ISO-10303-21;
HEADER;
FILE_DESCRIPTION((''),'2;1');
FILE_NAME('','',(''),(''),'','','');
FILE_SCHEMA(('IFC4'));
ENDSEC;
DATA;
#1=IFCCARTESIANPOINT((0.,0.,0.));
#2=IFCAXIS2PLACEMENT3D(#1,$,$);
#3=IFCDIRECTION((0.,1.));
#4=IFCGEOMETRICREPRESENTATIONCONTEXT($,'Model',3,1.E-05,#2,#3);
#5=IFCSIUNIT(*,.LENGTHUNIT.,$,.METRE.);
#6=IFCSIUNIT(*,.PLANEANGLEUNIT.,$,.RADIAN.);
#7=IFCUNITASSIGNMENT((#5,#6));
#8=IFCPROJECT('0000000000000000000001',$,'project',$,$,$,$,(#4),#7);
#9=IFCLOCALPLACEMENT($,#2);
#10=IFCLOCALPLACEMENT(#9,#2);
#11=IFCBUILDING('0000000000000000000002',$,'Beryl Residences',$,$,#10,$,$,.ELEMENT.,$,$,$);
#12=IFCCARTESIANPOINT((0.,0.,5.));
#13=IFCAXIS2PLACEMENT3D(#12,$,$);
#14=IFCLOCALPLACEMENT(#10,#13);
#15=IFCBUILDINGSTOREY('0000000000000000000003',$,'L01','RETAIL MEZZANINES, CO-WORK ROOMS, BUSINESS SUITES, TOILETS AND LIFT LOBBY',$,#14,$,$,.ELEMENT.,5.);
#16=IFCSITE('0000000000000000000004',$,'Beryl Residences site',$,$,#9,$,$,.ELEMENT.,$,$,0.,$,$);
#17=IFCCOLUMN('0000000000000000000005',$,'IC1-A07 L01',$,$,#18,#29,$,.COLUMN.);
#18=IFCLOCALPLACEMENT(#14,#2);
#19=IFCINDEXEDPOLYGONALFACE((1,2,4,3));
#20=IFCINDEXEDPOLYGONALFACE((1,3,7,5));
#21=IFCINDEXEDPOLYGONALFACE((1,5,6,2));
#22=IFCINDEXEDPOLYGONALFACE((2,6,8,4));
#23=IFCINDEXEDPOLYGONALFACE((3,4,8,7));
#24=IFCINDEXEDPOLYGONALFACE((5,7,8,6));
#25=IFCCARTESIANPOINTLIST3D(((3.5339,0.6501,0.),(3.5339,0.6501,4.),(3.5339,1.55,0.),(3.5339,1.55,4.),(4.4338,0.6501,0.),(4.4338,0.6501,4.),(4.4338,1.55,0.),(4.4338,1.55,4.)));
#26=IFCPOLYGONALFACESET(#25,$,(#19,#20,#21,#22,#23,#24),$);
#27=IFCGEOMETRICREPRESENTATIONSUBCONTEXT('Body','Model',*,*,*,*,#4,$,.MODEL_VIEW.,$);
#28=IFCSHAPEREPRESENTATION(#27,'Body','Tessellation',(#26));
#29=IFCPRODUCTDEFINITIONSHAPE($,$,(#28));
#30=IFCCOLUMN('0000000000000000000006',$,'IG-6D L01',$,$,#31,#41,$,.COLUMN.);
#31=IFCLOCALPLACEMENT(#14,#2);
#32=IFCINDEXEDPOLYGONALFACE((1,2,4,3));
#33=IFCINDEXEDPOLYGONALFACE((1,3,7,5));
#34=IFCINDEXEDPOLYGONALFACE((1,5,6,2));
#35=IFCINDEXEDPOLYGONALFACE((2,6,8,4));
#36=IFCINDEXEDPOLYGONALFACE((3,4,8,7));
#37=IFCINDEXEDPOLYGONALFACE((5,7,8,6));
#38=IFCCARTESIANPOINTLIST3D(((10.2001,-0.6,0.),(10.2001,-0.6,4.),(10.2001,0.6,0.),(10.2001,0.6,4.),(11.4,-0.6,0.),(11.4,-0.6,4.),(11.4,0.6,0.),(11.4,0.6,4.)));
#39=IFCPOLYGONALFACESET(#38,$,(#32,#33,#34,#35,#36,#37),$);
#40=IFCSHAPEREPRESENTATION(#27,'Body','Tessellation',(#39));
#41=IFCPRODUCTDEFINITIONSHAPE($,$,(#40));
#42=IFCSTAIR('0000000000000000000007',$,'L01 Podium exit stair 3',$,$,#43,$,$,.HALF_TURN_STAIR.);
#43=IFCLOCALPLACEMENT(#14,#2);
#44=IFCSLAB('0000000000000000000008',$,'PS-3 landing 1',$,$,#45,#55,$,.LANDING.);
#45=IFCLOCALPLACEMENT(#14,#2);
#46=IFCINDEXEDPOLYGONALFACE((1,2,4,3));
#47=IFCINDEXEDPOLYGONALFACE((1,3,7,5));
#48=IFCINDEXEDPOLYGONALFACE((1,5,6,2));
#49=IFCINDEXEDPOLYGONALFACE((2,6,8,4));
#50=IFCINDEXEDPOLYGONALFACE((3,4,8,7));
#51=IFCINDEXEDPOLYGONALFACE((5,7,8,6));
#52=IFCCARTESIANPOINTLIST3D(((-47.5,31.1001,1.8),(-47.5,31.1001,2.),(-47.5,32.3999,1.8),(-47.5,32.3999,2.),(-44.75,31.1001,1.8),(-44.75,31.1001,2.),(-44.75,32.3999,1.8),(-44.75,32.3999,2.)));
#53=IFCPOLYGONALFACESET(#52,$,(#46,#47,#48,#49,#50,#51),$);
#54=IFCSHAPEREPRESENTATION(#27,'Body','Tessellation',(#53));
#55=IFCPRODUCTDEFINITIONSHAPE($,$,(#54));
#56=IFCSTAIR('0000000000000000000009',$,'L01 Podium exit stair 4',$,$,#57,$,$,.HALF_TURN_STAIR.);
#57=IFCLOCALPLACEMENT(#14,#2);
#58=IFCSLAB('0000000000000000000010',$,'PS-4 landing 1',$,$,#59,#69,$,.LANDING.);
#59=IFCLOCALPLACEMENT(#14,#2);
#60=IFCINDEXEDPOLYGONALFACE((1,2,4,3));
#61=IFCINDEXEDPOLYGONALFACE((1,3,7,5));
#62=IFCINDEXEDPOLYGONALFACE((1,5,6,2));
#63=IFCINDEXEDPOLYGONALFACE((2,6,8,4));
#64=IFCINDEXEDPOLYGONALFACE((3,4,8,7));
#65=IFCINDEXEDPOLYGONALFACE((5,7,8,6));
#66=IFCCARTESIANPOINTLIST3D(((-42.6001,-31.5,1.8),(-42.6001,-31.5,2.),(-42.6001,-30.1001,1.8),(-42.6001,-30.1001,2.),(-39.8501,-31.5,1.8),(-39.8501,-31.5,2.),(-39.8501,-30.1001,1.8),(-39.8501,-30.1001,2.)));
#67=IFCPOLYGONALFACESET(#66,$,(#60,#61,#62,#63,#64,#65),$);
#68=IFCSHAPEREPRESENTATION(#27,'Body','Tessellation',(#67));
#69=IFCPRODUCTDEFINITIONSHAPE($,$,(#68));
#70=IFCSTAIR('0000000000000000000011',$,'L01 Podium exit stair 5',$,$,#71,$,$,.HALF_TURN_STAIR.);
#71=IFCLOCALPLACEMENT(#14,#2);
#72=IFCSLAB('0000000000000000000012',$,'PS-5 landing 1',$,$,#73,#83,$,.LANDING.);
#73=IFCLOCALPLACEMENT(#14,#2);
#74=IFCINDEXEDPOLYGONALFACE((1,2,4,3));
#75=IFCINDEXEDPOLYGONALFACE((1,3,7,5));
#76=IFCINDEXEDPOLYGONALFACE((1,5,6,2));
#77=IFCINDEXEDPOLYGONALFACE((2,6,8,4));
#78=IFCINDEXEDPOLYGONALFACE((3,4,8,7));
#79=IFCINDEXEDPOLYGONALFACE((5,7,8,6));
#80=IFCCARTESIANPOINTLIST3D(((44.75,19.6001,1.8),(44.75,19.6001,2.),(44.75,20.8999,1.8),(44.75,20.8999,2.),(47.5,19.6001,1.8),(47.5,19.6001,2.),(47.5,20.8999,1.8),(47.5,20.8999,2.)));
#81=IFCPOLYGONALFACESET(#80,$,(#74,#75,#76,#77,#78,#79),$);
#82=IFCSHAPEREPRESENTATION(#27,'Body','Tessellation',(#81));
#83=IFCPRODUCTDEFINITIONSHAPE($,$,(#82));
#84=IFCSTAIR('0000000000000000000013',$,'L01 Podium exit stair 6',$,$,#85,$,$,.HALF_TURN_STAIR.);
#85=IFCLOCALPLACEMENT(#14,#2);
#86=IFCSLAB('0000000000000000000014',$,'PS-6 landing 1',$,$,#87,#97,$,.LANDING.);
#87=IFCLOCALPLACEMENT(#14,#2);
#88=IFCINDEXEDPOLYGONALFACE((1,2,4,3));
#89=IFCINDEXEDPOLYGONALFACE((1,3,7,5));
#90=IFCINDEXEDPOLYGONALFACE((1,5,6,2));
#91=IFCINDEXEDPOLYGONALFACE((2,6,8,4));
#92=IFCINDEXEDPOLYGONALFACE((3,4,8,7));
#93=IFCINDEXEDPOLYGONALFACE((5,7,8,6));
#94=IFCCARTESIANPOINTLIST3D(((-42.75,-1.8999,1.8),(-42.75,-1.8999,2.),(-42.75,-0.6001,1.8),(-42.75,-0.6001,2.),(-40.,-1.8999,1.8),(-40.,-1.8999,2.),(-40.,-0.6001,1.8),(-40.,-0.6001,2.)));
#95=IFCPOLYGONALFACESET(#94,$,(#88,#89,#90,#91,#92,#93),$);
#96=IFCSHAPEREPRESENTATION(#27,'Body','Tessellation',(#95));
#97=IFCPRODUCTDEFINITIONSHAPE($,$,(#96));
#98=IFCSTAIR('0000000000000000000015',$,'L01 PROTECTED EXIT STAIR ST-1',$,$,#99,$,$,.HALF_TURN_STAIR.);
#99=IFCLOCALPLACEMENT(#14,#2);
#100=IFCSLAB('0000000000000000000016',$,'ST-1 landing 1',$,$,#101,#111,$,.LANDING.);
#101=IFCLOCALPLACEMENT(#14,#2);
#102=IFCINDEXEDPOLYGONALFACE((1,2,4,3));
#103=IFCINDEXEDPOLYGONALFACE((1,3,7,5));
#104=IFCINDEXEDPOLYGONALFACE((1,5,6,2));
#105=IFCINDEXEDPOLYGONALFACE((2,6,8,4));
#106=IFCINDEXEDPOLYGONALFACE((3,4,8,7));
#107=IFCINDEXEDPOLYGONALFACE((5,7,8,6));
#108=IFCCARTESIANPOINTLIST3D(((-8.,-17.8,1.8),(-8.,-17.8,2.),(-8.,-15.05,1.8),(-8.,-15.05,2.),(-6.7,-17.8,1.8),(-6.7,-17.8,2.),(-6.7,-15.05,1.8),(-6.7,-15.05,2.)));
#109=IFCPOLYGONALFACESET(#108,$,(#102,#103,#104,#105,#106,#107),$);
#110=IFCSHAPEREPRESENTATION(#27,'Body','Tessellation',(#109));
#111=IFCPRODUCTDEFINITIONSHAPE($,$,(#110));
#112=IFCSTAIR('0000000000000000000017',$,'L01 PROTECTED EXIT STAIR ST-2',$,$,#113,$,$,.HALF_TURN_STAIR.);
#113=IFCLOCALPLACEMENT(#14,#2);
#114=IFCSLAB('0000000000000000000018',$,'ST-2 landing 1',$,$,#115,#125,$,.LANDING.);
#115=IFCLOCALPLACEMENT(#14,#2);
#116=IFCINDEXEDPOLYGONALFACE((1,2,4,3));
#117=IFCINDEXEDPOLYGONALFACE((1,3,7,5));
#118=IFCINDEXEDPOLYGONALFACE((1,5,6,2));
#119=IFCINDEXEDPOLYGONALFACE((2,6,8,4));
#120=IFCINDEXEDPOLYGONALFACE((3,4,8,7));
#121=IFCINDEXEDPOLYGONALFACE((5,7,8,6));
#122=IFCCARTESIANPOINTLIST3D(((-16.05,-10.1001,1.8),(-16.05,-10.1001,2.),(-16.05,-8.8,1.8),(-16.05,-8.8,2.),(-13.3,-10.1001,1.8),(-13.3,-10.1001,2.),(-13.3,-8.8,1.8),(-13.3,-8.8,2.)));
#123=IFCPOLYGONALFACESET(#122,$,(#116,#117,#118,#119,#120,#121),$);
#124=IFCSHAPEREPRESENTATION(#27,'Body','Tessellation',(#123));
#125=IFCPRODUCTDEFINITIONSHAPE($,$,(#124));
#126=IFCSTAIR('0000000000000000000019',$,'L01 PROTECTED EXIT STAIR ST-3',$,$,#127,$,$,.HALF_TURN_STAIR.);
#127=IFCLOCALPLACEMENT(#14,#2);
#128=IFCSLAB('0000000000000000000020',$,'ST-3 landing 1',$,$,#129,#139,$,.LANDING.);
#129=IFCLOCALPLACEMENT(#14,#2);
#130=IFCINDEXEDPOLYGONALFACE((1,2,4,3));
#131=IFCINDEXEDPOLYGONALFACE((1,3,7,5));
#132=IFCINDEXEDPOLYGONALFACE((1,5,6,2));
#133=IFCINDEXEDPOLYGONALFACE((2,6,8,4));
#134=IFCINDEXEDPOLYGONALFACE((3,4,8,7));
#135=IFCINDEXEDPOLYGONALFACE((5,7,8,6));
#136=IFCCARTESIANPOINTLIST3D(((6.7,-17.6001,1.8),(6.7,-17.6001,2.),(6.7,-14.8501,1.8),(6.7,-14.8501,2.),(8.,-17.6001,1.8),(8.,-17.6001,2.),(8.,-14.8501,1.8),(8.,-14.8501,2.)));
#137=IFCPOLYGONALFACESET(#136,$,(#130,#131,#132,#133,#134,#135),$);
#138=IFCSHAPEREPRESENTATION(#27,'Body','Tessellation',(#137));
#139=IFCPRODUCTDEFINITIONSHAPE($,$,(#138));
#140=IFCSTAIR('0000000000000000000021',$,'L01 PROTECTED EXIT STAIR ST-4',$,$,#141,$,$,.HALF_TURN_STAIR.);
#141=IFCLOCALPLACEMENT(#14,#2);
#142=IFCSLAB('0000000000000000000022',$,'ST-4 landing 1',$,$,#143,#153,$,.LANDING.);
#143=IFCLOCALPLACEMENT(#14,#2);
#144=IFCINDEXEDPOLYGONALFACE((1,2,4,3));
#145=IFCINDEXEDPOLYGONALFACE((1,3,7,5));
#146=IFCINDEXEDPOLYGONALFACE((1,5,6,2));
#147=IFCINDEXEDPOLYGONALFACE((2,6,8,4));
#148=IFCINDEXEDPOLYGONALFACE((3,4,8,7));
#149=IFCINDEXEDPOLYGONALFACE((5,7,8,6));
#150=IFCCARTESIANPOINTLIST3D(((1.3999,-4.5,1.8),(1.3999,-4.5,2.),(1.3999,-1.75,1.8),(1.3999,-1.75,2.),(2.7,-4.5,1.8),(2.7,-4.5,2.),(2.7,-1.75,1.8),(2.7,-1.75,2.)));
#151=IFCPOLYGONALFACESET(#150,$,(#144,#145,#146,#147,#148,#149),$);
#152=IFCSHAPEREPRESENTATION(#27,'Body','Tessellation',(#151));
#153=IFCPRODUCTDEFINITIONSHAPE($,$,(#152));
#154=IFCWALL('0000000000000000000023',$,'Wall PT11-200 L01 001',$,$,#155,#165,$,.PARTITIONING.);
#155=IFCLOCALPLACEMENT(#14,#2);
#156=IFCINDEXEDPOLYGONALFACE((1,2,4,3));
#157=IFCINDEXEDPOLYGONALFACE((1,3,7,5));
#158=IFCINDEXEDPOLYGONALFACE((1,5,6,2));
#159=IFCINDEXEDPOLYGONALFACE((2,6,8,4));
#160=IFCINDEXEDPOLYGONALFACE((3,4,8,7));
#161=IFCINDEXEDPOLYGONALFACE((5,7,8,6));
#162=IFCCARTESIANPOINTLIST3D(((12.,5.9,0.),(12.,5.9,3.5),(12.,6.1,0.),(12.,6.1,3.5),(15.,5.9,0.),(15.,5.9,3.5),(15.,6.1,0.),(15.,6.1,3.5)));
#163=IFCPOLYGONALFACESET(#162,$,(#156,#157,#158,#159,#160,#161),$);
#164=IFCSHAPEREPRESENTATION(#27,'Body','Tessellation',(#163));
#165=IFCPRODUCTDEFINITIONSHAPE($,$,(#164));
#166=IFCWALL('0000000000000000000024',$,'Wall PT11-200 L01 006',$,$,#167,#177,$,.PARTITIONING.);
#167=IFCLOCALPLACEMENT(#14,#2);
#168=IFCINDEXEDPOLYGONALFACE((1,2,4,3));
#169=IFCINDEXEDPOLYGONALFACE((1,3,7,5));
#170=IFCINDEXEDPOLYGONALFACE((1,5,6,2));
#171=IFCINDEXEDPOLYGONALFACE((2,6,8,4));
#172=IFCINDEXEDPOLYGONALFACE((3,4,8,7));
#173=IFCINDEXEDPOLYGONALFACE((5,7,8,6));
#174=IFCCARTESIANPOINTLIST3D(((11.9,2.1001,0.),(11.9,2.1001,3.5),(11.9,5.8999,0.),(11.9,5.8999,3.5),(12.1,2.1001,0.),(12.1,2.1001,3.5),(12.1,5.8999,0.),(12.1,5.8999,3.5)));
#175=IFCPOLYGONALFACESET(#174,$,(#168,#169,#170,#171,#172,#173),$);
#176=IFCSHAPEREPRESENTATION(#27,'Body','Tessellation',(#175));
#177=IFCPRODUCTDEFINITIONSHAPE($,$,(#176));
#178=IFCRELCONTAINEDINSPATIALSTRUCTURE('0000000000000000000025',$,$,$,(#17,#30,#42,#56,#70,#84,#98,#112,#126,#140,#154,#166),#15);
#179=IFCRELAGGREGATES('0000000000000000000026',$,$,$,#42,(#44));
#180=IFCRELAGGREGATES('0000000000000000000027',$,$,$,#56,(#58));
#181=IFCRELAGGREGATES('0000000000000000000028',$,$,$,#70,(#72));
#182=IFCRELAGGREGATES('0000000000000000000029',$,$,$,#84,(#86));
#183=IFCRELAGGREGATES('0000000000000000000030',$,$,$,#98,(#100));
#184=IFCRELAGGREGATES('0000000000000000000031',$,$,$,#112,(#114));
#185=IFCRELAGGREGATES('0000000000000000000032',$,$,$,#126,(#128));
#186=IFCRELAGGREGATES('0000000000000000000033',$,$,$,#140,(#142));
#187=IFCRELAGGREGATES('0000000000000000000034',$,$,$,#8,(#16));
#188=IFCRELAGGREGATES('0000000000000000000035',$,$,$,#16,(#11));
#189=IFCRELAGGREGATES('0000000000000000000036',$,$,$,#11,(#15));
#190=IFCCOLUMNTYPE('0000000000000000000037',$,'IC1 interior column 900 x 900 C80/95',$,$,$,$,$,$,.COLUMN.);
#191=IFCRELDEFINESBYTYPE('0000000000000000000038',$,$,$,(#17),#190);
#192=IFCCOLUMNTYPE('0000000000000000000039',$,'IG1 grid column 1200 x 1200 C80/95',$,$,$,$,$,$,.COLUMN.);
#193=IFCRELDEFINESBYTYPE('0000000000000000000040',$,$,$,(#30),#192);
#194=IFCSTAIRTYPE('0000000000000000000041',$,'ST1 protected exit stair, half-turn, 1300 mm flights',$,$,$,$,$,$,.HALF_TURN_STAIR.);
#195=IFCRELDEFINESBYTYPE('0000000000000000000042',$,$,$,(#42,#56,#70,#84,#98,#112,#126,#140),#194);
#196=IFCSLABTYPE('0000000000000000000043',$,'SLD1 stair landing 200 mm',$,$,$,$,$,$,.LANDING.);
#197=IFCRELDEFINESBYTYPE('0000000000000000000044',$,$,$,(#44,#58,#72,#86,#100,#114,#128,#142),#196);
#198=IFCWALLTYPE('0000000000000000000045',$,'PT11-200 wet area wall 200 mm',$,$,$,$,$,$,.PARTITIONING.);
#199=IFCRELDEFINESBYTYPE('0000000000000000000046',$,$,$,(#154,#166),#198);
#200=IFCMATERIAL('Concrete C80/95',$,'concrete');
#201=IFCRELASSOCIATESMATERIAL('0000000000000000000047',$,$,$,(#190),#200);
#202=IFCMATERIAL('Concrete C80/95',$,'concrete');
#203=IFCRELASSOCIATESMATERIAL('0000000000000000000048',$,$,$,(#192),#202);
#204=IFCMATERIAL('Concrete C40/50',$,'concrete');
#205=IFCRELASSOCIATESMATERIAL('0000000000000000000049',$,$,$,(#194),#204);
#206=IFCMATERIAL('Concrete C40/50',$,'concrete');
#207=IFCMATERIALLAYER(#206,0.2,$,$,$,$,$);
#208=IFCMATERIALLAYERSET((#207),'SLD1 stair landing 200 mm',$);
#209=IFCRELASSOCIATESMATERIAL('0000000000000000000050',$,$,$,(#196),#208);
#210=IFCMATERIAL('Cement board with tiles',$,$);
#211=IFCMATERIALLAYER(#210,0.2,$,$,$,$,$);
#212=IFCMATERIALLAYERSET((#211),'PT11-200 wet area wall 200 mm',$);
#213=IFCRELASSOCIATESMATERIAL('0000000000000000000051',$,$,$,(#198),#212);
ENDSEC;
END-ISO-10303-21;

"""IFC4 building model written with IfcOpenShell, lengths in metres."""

from ifc_helpers import new_model, si_unit, direction, frame, frame_2d, origin, origin_2d, place, context, subcontext, project, spatial, polyline, rectangle, outline, extrude, material, layer, layer_set, material_profile, profile_set, type_object, element, aggregate, save


model = new_model("IFC4")

# Units and contexts
model_context = context("Model", 3, precision=1e-05, world=origin(), true_north=direction((0.0, 1.0)))
body_context = subcontext(model_context, "Body", "Model", "MODEL_VIEW")
ifc_project = project(units=[si_unit("LENGTHUNIT", "METRE"), si_unit("PLANEANGLEUNIT", "RADIAN")], contexts=[model_context])

# Site, building, storey
site_placement = place(None, origin())
site = spatial("IfcSite", under=ifc_project, at=site_placement, Name="Beryl Residences site", CompositionType="ELEMENT", RefElevation=0.0)
building_placement = place(site_placement, origin())
building = spatial("IfcBuilding", under=site, at=building_placement, Name="Beryl Residences", CompositionType="ELEMENT")
storey_placement = place(building_placement, frame((0.0, 0.0, 5.0)))
storey = spatial("IfcBuildingStorey", under=building, at=storey_placement, Name="L01", Description="RETAIL MEZZANINES, CO-WORK ROOMS, BUSINESS SUITES, TOILETS AND LIFT LOBBY", CompositionType="ELEMENT", Elevation=5.0)

# Columns
ifc_material_1 = material(Name="Concrete C80/95", Category="concrete")
ifc_material_profile_1 = material_profile(ifc_material_1, rectangle(XDim=0.8999, YDim=0.8999, at=origin_2d()))
ifc_profile_set_1 = profile_set([ifc_material_profile_1], Name="Concrete C80/95")
column_type_1 = type_object("IfcColumnType", Name="IC1 interior column 900 x 900 C80/95", PredefinedType="COLUMN", material=ifc_profile_set_1)
column_1_placement = place(storey_placement, frame((3.9839, 1.1001, 0.0), z_axis=(0.0, 0.0, 1.0), x_axis=(1.0, 0.0, 0.0)))
element("IfcColumn", 1, at=column_1_placement, inside=storey, type_object=column_type_1, Name="IC1-A07 L01", PredefinedType="COLUMN", context=body_context, shape_type="SweptSolid", body=[
    extrude(rectangle(XDim=0.8999, YDim=0.8999, at=origin_2d()), origin(), (0.0, 0.0, 1.0), 4.0),
])
ifc_material_2 = material(Name="Concrete C80/95", Category="concrete")
ifc_material_profile_2 = material_profile(ifc_material_2, rectangle(XDim=1.2, YDim=1.2, at=origin_2d()))
ifc_profile_set_2 = profile_set([ifc_material_profile_2], Name="Concrete C80/95")
column_type_2 = type_object("IfcColumnType", Name="IG1 grid column 1200 x 1200 C80/95", PredefinedType="COLUMN", material=ifc_profile_set_2)
column_2_placement = place(storey_placement, frame((10.8, 0.0, 0.0), z_axis=(0.0, 0.0, 1.0), x_axis=(1.0, 0.0, 0.0)))
element("IfcColumn", 2, at=column_2_placement, inside=storey, type_object=column_type_2, Name="IG-6D L01", PredefinedType="COLUMN", context=body_context, shape_type="SweptSolid", body=[
    extrude(rectangle(XDim=1.2, YDim=1.2, at=origin_2d()), origin(), (0.0, 0.0, 1.0), 4.0),
])

# Stairs, slabs
ifc_material_3 = material(Name="Concrete C40/50", Category="concrete")
stair_type = type_object("IfcStairType", Name="ST1 protected exit stair, half-turn, 1300 mm flights", PredefinedType="HALF_TURN_STAIR", material=ifc_material_3)
stair_1_placement = place(storey_placement, origin())
stair_1 = element("IfcStair", 3, at=stair_1_placement, inside=storey, type_object=stair_type, Name="L01 Podium exit stair 3", PredefinedType="HALF_TURN_STAIR")
ifc_material_4 = material(Name="Concrete C40/50", Category="concrete")
ifc_layer_1 = layer(ifc_material_4, 0.2)
ifc_layer_set_1 = layer_set([ifc_layer_1], Name="SLD1 stair landing 200 mm")
slab_type = type_object("IfcSlabType", Name="SLD1 stair landing 200 mm", PredefinedType="LANDING", material=ifc_layer_set_1)
slab_1_placement = place(storey_placement, frame((0.0, 0.0, 1.8)))
slab_1 = element("IfcSlab", 4, at=slab_1_placement, type_object=slab_type, Name="PS-3 landing 1", PredefinedType="LANDING", context=body_context, shape_type="SweptSolid", body=[
    extrude(outline(polyline([(-44.75, 31.1001), (-44.75, 32.3999), (-47.5, 32.3999), (-47.5, 31.1001), (-44.75, 31.1001)])), origin(), (0.0, 0.0, 1.0), 0.2),
])
aggregate(stair_1, [slab_1])
stair_2_placement = place(storey_placement, origin())
stair_2 = element("IfcStair", 5, at=stair_2_placement, inside=storey, type_object=stair_type, Name="L01 Podium exit stair 4", PredefinedType="HALF_TURN_STAIR")
slab_2_placement = place(storey_placement, frame((0.0, 0.0, 1.8)))
slab_2 = element("IfcSlab", 6, at=slab_2_placement, type_object=slab_type, Name="PS-4 landing 1", PredefinedType="LANDING", context=body_context, shape_type="SweptSolid", body=[
    extrude(outline(polyline([(-42.6001, -30.1001), (-42.6001, -31.5), (-39.8501, -31.5), (-39.8501, -30.1001), (-42.6001, -30.1001)])), origin(), (0.0, 0.0, 1.0), 0.2),
])
aggregate(stair_2, [slab_2])
stair_3_placement = place(storey_placement, origin())
stair_3 = element("IfcStair", 7, at=stair_3_placement, inside=storey, type_object=stair_type, Name="L01 Podium exit stair 5", PredefinedType="HALF_TURN_STAIR")
slab_3_placement = place(storey_placement, frame((0.0, 0.0, 1.8)))
slab_3 = element("IfcSlab", 8, at=slab_3_placement, type_object=slab_type, Name="PS-5 landing 1", PredefinedType="LANDING", context=body_context, shape_type="SweptSolid", body=[
    extrude(outline(polyline([(44.75, 20.8999), (44.75, 19.6001), (47.5, 19.6001), (47.5, 20.8999), (44.75, 20.8999)])), origin(), (0.0, 0.0, 1.0), 0.2),
])
aggregate(stair_3, [slab_3])
stair_4_placement = place(storey_placement, origin())
stair_4 = element("IfcStair", 9, at=stair_4_placement, inside=storey, type_object=stair_type, Name="L01 Podium exit stair 6", PredefinedType="HALF_TURN_STAIR")
slab_4_placement = place(storey_placement, frame((0.0, 0.0, 1.8)))
slab_4 = element("IfcSlab", 10, at=slab_4_placement, type_object=slab_type, Name="PS-6 landing 1", PredefinedType="LANDING", context=body_context, shape_type="SweptSolid", body=[
    extrude(outline(polyline([(-40.0, -1.8999), (-40.0, -0.6001), (-42.75, -0.6001), (-42.75, -1.8999), (-40.0, -1.8999)])), origin(), (0.0, 0.0, 1.0), 0.2),
])
aggregate(stair_4, [slab_4])
stair_5_placement = place(storey_placement, origin())
stair_5 = element("IfcStair", 11, at=stair_5_placement, inside=storey, type_object=stair_type, Name="L01 PROTECTED EXIT STAIR ST-1", PredefinedType="HALF_TURN_STAIR")
slab_5_placement = place(storey_placement, frame((0.0, 0.0, 1.8)))
slab_5 = element("IfcSlab", 12, at=slab_5_placement, type_object=slab_type, Name="ST-1 landing 1", PredefinedType="LANDING", context=body_context, shape_type="SweptSolid", body=[
    extrude(outline(polyline([(-8.0, -17.8), (-6.7, -17.8), (-6.7, -15.05), (-8.0, -15.05), (-8.0, -17.8)])), origin(), (0.0, 0.0, 1.0), 0.2),
])
aggregate(stair_5, [slab_5])
stair_6_placement = place(storey_placement, origin())
stair_6 = element("IfcStair", 13, at=stair_6_placement, inside=storey, type_object=stair_type, Name="L01 PROTECTED EXIT STAIR ST-2", PredefinedType="HALF_TURN_STAIR")
slab_6_placement = place(storey_placement, frame((0.0, 0.0, 1.8)))
slab_6 = element("IfcSlab", 14, at=slab_6_placement, type_object=slab_type, Name="ST-2 landing 1", PredefinedType="LANDING", context=body_context, shape_type="SweptSolid", body=[
    extrude(outline(polyline([(-13.3, -10.1001), (-13.3, -8.8), (-16.05, -8.8), (-16.05, -10.1001), (-13.3, -10.1001)])), origin(), (0.0, 0.0, 1.0), 0.2),
])
aggregate(stair_6, [slab_6])
stair_7_placement = place(storey_placement, origin())
stair_7 = element("IfcStair", 15, at=stair_7_placement, inside=storey, type_object=stair_type, Name="L01 PROTECTED EXIT STAIR ST-3", PredefinedType="HALF_TURN_STAIR")
slab_7_placement = place(storey_placement, frame((0.0, 0.0, 1.8)))
slab_7 = element("IfcSlab", 16, at=slab_7_placement, type_object=slab_type, Name="ST-3 landing 1", PredefinedType="LANDING", context=body_context, shape_type="SweptSolid", body=[
    extrude(outline(polyline([(8.0, -14.8501), (6.7, -14.8501), (6.7, -17.6001), (8.0, -17.6001), (8.0, -14.8501)])), origin(), (0.0, 0.0, 1.0), 0.2),
])
aggregate(stair_7, [slab_7])
stair_8_placement = place(storey_placement, origin())
stair_8 = element("IfcStair", 17, at=stair_8_placement, inside=storey, type_object=stair_type, Name="L01 PROTECTED EXIT STAIR ST-4", PredefinedType="HALF_TURN_STAIR")
slab_8_placement = place(storey_placement, frame((0.0, 0.0, 1.8)))
slab_8 = element("IfcSlab", 18, at=slab_8_placement, type_object=slab_type, Name="ST-4 landing 1", PredefinedType="LANDING", context=body_context, shape_type="SweptSolid", body=[
    extrude(outline(polyline([(1.3999, -4.5), (2.7, -4.5), (2.7, -1.75), (1.3999, -1.75), (1.3999, -4.5)])), origin(), (0.0, 0.0, 1.0), 0.2),
])
aggregate(stair_8, [slab_8])

# Walls
ifc_material_5 = material(Name="Cement board with tiles")
ifc_layer_2 = layer(ifc_material_5, 0.2)
ifc_layer_set_2 = layer_set([ifc_layer_2], Name="PT11-200 wet area wall 200 mm")
wall_type_1 = type_object("IfcWallType", Name="PT11-200 wet area wall 200 mm", PredefinedType="PARTITIONING", material=ifc_layer_set_2)
wall_1_placement = place(storey_placement, frame((12.0, 6.0, 0.0), z_axis=(0.0, 0.0, 1.0), x_axis=(1.0, 0.0, 0.0)))
element("IfcWall", 19, at=wall_1_placement, inside=storey, type_object=wall_type_1, Name="Wall PT11-200 L01 001", PredefinedType="PARTITIONING", context=body_context, shape_type="SweptSolid", body=[
    extrude(rectangle(XDim=3.0, YDim=0.2, at=frame_2d((1.5, 0.0))), origin(), (0.0, 0.0, 1.0), 3.5),
])
wall_2_placement = place(storey_placement, frame((12.0, 2.1001, 0.0), z_axis=(0.0, 0.0, 1.0), x_axis=(0.0, 1.0, 0.0)))
element("IfcWall", 20, at=wall_2_placement, inside=storey, type_object=wall_type_1, Name="Wall PT11-200 L01 006", PredefinedType="PARTITIONING", context=body_context, shape_type="SweptSolid", body=[
    extrude(rectangle(XDim=3.7998, YDim=0.2, at=frame_2d((1.8999, 0.0))), origin(), (0.0, 0.0, 1.0), 3.5),
])

save(model, "model.ifc")
